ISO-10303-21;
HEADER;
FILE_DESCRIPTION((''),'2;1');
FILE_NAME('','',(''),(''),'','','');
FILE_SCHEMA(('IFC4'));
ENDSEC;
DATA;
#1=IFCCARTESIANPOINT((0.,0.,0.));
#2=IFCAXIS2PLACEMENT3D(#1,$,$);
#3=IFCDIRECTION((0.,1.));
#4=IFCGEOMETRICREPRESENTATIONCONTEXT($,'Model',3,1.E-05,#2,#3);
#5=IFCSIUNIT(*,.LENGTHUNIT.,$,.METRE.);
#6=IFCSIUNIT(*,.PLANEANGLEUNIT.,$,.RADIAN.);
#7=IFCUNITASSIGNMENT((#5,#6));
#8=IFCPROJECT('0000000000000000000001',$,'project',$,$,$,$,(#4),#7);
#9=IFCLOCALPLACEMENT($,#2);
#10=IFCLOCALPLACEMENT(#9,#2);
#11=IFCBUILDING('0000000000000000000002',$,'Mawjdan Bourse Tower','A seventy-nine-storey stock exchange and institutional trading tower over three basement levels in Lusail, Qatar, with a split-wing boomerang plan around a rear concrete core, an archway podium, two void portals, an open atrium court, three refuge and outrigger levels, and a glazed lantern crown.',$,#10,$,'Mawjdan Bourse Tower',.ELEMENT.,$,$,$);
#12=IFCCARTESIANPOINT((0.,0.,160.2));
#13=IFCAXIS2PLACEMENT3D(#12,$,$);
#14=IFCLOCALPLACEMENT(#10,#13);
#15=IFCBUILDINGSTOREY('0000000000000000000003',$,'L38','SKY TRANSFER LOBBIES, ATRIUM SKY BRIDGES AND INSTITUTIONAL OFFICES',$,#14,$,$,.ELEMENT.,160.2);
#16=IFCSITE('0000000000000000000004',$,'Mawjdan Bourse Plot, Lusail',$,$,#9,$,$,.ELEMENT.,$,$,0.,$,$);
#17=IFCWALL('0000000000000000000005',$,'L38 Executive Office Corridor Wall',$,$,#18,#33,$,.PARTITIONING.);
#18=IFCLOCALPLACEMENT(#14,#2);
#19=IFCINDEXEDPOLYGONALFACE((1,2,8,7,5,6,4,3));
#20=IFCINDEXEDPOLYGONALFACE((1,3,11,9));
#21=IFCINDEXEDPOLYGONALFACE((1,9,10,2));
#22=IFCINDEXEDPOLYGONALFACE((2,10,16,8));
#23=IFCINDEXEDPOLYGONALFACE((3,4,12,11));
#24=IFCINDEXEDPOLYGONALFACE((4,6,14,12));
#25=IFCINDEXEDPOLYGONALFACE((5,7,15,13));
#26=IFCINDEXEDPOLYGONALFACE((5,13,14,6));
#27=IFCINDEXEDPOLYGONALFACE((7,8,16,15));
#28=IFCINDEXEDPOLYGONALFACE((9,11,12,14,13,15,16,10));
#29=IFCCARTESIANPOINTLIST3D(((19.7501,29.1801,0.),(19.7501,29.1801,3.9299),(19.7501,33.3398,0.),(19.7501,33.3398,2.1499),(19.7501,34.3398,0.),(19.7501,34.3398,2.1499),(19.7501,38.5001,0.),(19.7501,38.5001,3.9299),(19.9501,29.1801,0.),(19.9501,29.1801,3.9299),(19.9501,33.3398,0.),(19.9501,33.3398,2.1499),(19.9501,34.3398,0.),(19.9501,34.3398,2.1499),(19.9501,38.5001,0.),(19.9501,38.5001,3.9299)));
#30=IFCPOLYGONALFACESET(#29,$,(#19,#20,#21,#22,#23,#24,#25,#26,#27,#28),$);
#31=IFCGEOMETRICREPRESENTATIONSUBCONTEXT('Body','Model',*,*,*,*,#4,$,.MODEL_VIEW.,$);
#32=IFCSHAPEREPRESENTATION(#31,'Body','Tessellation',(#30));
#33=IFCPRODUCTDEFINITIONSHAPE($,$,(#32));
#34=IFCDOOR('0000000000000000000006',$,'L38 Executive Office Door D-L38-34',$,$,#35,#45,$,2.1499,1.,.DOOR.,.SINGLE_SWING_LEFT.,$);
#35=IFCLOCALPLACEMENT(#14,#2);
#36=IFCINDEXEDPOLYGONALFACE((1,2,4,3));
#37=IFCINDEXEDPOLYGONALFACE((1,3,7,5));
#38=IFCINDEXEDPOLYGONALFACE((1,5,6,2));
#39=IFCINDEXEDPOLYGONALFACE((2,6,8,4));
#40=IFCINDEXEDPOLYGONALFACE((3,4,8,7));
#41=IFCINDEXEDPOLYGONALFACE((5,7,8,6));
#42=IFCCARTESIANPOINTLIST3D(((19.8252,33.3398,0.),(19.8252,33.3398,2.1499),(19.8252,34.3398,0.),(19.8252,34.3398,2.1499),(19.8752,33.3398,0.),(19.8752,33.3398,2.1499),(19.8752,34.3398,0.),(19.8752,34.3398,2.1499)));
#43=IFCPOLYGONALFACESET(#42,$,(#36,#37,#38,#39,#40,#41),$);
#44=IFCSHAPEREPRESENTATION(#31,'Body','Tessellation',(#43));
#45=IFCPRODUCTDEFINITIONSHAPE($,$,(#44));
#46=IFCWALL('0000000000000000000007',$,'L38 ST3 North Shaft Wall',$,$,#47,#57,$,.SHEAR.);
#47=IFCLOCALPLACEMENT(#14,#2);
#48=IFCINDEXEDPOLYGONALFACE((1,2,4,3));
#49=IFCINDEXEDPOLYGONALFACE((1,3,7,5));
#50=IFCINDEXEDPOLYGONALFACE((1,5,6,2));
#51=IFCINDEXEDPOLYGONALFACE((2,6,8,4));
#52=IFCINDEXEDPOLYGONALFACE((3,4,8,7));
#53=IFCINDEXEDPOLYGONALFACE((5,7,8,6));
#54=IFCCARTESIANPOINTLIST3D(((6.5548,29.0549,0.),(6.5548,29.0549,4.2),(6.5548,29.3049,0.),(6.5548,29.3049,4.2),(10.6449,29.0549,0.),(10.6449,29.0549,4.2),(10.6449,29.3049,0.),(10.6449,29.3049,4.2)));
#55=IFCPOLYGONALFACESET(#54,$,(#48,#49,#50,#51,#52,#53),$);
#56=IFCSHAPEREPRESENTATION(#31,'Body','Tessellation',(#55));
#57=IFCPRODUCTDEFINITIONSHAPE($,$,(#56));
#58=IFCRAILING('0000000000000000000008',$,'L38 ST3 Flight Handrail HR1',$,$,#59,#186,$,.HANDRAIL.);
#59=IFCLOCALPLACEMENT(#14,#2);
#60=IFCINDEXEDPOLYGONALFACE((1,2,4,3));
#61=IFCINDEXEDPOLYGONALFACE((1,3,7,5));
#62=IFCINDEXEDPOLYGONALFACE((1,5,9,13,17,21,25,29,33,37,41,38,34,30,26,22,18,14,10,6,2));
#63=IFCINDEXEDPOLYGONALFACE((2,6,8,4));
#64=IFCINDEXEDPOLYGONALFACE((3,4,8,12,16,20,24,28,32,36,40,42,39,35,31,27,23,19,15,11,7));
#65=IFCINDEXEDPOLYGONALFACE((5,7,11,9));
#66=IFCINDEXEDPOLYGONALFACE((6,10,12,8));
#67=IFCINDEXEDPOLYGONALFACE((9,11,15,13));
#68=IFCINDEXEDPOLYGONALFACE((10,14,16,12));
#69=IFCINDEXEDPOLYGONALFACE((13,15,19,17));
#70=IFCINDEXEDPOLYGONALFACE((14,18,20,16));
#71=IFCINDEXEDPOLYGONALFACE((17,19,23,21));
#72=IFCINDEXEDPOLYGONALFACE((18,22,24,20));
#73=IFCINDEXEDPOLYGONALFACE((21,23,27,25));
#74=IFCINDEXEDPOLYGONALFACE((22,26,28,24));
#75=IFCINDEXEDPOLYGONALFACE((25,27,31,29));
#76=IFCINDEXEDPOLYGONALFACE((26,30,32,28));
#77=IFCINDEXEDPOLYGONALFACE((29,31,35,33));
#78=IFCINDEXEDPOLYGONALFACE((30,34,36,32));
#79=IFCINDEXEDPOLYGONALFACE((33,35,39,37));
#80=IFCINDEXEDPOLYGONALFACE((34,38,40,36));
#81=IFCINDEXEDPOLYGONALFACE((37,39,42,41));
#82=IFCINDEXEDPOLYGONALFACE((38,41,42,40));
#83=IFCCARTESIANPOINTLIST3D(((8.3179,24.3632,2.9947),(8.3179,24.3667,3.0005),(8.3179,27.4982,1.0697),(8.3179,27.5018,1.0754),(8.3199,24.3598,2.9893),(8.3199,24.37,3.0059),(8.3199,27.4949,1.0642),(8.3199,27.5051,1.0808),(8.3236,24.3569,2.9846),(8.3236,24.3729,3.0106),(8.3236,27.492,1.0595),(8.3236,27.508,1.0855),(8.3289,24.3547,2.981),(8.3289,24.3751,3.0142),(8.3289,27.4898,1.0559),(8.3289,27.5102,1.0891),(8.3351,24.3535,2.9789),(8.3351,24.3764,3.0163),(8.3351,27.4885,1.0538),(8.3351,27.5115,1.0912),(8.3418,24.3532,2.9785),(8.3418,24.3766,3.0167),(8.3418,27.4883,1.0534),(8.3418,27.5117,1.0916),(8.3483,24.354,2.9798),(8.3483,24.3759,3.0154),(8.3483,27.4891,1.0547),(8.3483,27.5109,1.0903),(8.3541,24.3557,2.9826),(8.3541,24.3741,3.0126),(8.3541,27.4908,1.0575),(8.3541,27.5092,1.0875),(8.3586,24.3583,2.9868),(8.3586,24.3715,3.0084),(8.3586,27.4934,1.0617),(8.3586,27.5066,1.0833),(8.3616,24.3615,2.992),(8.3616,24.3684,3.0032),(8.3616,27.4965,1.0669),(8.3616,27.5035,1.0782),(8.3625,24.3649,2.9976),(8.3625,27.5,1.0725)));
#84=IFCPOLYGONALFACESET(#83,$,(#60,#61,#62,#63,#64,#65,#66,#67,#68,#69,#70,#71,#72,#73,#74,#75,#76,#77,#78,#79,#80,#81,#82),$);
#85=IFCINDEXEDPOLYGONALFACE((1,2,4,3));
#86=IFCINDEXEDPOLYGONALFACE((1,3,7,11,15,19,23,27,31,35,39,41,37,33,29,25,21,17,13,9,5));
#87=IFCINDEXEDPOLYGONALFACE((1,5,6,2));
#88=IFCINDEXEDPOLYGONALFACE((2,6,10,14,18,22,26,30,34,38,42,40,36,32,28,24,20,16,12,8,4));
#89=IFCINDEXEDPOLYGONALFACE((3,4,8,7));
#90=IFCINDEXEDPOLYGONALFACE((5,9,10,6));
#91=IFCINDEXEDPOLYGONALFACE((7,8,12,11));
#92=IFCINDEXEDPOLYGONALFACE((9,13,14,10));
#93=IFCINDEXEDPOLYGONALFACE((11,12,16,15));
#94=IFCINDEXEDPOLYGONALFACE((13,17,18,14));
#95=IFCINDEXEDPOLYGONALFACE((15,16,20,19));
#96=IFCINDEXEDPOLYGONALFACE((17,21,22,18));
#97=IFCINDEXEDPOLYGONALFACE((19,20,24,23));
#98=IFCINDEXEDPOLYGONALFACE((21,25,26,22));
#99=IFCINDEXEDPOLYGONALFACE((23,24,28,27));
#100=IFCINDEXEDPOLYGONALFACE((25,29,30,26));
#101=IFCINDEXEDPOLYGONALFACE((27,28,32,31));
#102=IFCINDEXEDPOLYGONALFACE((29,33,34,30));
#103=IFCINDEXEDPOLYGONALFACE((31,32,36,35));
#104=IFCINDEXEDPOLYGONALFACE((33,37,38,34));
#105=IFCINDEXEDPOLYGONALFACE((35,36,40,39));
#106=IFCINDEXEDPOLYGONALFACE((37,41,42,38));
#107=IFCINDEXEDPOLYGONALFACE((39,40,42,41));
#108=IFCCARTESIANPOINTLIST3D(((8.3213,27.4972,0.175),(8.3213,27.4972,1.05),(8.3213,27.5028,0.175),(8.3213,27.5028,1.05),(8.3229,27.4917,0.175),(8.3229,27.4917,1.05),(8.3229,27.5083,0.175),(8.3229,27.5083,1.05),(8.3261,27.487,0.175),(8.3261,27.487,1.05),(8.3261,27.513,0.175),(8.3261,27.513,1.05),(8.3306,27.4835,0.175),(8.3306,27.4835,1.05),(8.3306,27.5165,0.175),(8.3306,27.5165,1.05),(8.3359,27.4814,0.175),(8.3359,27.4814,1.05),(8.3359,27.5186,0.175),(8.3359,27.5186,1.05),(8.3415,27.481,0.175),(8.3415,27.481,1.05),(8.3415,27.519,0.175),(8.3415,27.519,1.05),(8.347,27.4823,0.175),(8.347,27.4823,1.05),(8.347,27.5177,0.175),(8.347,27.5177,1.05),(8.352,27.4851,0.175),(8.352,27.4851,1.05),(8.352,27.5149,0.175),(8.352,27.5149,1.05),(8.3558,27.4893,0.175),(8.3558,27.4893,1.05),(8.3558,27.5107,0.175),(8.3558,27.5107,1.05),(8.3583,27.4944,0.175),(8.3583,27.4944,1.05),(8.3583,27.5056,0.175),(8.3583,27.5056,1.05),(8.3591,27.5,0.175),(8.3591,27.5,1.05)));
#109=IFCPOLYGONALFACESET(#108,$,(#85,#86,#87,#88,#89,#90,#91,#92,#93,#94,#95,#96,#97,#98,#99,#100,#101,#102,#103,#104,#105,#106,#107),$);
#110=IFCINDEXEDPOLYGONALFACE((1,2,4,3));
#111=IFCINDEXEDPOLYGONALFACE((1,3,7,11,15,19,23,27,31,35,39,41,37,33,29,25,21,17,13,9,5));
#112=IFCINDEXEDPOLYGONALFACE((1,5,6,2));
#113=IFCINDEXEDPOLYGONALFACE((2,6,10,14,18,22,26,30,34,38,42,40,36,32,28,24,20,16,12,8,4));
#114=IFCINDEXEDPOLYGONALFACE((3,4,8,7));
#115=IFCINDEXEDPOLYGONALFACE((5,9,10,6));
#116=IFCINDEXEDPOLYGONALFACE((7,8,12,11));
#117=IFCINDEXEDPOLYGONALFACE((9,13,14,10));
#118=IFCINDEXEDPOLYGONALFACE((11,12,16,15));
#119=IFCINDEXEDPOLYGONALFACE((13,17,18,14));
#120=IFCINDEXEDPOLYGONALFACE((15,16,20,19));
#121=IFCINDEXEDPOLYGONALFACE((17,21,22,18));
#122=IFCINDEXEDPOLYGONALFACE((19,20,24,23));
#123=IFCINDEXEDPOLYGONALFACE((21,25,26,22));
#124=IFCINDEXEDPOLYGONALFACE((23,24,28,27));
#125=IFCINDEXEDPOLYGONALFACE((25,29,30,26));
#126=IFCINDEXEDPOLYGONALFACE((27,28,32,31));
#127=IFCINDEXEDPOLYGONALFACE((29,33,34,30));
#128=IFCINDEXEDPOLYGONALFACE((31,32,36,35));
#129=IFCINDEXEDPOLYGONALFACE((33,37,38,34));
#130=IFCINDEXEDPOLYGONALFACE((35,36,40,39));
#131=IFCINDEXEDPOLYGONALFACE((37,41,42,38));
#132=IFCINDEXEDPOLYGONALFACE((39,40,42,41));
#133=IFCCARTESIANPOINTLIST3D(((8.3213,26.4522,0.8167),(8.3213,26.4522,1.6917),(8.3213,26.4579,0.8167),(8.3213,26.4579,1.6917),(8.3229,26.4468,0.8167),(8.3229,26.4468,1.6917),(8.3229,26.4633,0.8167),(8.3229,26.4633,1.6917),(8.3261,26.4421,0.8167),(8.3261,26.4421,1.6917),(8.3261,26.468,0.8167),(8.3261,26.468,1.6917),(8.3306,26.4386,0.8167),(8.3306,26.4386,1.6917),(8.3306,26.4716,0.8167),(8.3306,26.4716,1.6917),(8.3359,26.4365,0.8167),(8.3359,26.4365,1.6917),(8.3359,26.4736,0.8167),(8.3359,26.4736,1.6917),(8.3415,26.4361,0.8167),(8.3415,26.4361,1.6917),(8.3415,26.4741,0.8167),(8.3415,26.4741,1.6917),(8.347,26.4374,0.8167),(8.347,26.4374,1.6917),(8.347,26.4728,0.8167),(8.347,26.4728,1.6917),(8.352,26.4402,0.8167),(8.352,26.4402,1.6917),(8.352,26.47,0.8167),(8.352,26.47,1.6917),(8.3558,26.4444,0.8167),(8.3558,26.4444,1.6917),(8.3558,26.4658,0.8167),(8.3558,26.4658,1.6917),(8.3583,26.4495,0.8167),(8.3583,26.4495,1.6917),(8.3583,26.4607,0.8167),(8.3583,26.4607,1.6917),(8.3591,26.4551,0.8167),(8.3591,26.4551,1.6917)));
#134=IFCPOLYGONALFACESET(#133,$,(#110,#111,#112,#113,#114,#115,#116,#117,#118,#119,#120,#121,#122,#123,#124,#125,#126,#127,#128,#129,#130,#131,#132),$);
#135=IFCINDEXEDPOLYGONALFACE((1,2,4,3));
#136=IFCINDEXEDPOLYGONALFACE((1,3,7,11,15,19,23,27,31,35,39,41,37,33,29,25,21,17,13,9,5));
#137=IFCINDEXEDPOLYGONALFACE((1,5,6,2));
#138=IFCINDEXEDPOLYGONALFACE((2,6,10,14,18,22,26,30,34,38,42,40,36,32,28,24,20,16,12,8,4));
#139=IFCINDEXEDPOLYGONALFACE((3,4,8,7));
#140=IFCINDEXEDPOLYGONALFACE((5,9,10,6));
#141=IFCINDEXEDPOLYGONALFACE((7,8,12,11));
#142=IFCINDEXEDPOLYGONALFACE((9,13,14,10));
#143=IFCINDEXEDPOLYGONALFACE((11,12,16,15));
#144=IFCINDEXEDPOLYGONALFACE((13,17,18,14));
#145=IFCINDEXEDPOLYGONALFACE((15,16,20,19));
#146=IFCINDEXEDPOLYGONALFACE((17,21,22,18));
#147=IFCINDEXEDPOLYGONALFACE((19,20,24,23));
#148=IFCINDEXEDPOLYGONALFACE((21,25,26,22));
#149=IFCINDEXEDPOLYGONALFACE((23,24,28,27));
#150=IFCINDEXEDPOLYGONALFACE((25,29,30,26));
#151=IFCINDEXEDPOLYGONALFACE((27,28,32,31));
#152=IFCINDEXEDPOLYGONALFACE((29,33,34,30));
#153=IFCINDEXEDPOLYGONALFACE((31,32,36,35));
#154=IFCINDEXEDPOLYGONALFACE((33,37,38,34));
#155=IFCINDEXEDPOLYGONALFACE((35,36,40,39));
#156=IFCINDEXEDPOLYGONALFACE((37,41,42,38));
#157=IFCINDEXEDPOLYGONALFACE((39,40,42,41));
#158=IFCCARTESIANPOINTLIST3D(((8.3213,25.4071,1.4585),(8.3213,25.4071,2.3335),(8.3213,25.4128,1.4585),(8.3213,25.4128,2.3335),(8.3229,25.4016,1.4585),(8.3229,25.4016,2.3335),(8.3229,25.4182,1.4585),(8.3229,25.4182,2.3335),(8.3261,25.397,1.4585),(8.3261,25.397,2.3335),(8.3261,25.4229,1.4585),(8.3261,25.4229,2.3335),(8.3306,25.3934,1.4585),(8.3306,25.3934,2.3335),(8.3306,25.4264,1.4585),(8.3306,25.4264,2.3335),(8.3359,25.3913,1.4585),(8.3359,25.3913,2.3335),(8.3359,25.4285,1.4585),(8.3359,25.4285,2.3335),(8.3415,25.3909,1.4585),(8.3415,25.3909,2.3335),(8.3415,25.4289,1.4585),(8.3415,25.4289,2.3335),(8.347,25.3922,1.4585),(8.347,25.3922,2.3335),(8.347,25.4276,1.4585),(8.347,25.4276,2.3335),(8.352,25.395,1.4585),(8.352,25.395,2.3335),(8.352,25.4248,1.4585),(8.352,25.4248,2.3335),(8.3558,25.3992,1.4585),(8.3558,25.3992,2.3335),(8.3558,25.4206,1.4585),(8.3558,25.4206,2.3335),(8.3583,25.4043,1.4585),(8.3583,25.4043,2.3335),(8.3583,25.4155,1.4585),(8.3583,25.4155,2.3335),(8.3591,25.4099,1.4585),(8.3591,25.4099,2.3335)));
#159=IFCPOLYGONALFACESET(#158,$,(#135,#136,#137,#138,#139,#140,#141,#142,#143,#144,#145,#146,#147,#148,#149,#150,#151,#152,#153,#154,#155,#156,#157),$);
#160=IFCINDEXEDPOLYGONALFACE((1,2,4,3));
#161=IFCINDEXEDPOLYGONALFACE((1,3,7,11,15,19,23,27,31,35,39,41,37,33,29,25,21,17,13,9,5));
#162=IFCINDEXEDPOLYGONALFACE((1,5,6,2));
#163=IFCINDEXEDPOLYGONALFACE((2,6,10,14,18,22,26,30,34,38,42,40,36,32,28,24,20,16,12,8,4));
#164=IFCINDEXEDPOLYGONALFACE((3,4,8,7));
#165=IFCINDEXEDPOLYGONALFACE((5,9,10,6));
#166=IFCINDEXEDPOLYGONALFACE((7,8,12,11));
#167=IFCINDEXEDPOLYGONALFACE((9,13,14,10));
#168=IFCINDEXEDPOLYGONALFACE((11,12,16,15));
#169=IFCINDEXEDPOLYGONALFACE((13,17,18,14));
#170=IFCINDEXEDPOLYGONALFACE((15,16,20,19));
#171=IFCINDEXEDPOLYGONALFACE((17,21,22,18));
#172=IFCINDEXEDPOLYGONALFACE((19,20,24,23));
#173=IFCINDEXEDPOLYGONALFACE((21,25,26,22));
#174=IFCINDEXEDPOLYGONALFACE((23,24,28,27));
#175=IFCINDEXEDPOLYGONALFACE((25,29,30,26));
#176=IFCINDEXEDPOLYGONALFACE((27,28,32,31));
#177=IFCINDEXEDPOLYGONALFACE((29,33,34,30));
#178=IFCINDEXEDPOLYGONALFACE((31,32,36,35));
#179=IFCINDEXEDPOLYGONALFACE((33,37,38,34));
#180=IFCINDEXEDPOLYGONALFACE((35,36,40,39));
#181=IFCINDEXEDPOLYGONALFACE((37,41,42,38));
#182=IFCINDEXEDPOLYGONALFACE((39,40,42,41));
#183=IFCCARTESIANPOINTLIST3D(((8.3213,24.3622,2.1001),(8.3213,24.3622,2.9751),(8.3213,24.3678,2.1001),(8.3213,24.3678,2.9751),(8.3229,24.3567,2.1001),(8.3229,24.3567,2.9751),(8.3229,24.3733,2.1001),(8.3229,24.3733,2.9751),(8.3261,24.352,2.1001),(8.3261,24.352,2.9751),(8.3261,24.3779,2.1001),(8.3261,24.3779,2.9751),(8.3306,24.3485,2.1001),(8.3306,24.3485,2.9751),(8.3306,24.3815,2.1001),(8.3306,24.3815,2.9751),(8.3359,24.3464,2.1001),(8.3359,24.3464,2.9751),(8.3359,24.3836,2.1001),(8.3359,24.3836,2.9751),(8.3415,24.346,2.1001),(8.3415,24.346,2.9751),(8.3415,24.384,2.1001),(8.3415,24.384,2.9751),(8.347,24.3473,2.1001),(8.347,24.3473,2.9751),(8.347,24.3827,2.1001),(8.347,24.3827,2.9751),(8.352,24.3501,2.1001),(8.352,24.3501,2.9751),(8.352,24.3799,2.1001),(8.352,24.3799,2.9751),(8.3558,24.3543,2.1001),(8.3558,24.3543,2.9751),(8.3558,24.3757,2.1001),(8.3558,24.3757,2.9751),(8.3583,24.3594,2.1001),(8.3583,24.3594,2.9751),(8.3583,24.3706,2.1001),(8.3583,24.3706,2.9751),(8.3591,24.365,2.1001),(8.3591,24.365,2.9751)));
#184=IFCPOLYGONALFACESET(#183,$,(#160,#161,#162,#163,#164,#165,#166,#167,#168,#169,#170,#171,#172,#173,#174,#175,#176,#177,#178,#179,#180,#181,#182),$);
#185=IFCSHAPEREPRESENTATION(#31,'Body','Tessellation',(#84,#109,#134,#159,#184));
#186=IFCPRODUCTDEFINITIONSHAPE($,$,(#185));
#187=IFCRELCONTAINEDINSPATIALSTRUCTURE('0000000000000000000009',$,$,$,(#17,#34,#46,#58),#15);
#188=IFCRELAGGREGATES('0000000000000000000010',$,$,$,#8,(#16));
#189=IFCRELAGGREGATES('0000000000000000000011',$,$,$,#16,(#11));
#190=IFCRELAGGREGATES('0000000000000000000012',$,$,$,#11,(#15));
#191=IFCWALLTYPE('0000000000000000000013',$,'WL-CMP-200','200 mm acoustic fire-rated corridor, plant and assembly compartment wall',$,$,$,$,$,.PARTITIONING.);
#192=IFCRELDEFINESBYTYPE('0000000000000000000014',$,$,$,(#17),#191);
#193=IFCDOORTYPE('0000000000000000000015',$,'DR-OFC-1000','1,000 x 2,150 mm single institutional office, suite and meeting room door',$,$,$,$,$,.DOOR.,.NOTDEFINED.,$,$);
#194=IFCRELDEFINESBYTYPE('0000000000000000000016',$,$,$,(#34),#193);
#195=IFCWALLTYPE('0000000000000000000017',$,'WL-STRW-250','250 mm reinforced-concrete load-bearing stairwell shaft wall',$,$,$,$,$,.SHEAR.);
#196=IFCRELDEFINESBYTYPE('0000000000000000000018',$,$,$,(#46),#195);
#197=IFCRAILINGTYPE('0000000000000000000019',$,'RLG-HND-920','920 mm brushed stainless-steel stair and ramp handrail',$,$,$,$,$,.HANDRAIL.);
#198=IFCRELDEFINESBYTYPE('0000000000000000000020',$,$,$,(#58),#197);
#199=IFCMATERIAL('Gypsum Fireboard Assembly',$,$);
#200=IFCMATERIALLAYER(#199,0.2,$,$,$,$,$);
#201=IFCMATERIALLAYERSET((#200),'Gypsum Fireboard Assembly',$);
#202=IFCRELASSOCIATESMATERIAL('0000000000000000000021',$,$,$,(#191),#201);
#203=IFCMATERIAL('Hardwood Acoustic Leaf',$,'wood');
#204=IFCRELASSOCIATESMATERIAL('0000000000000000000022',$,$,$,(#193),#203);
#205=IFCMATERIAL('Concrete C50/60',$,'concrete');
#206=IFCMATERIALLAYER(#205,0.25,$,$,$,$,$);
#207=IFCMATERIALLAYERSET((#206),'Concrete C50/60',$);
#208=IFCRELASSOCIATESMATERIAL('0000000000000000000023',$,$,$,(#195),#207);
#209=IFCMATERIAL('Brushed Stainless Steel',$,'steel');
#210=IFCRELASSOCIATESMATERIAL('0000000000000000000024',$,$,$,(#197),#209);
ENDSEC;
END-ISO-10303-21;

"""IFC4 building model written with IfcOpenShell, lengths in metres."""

from ifc_helpers import new_model, si_unit, direction, frame, frame_2d, origin, origin_2d, place, context, subcontext, project, spatial, rectangle, circle, extrude, material, layer, layer_set, type_object, element, fill, save


model = new_model("IFC4")

# Units and contexts
model_context = context("Model", 3, precision=1e-05, world=origin(), true_north=direction((0.0, 1.0)))
body_context = subcontext(model_context, "Body", "Model", "MODEL_VIEW")
ifc_project = project(units=[si_unit("LENGTHUNIT", "METRE"), si_unit("PLANEANGLEUNIT", "RADIAN")], contexts=[model_context])

# Site, building, storey
site_placement = place(None, origin())
site = spatial("IfcSite", under=ifc_project, at=site_placement, Name="Mawjdan Bourse Plot, Lusail", CompositionType="ELEMENT", RefElevation=0.0)
building_placement = place(site_placement, origin())
building = spatial("IfcBuilding", under=site, at=building_placement, Name="Mawjdan Bourse Tower", Description="A seventy-nine-storey stock exchange and institutional trading tower over three basement levels in Lusail, Qatar, with a split-wing boomerang plan around a rear concrete core, an archway podium, two void portals, an open atrium court, three refuge and outrigger levels, and a glazed lantern crown.", LongName="Mawjdan Bourse Tower", CompositionType="ELEMENT")
storey_placement = place(building_placement, frame((0.0, 0.0, 160.2)))
storey = spatial("IfcBuildingStorey", under=building, at=storey_placement, Name="L38", Description="SKY TRANSFER LOBBIES, ATRIUM SKY BRIDGES AND INSTITUTIONAL OFFICES", CompositionType="ELEMENT", Elevation=160.2)

# Shared definitions
ifc_material_1 = material(Name="Gypsum Fireboard Assembly")
ifc_layer_1 = layer(ifc_material_1, 0.2)
ifc_layer_set_1 = layer_set([ifc_layer_1], Name="Gypsum Fireboard Assembly")
wall_type_1 = type_object("IfcWallType", Name="WL-CMP-200", Description="200 mm acoustic fire-rated corridor, plant and assembly compartment wall", PredefinedType="PARTITIONING", material=ifc_layer_set_1)

# Wall, opening, door
ifc_material_2 = material(Name="Hardwood Acoustic Leaf", Category="wood")
door_type = type_object("IfcDoorType", Name="DR-OFC-1000", Description="1,000 x 2,150 mm single institutional office, suite and meeting room door", OperationType="NOTDEFINED", PredefinedType="DOOR", material=ifc_material_2)
wall_1_placement = place(storey_placement, frame((19.8501, 29.1799, 0.0), z_axis=(0.0, 0.0, 1.0), x_axis=(0.0, 1.0, 0.0)))
wall_1 = element("IfcWall", 1, at=wall_1_placement, inside=storey, type_object=wall_type_1, Name="L38 Executive Office Corridor Wall", PredefinedType="PARTITIONING", context=body_context, shape_type="SweptSolid", body=[
    extrude(rectangle(XDim=9.3201, YDim=0.2, at=frame_2d((4.6602, 0.0))), origin(), (0.0, 0.0, 1.0), 3.9299),
])
opening_1_placement = place(wall_1_placement, frame((4.1599, 0.0, 0.0)))
opening_1 = element("IfcOpeningElement", 2, at=opening_1_placement, cuts=wall_1, PredefinedType="OPENING", context=body_context, shape_type="SweptSolid", body=[
    extrude(rectangle(XDim=1.0, YDim=2.1499, at=frame_2d((0.5, 1.075))), frame((0.0, 0.1099, 0.0), z_axis=(0.0, -1.0, 0.0), x_axis=(1.0, 0.0, 0.0)), (0.0, 0.0, 1.0), 0.22),
])
door_1_placement = place(opening_1_placement, origin())
door_1 = element("IfcDoor", 3, at=door_1_placement, inside=storey, type_object=door_type, Name="L38 Executive Office Door D-L38-34", OperationType="SINGLE_SWING_LEFT", OverallHeight=2.1499, OverallWidth=1.0, PredefinedType="DOOR", context=body_context, shape_type="SweptSolid", body=[
    extrude(rectangle(XDim=1.0, YDim=2.1499, at=frame_2d((0.5, 1.075))), frame((0.0, 0.0249, 0.0), z_axis=(0.0, -1.0, 0.0), x_axis=(1.0, 0.0, 0.0)), (0.0, 0.0, 1.0), 0.05),
])
fill(opening_1, door_1)

# Wall
ifc_material_3 = material(Name="Concrete C50/60", Category="concrete")
ifc_layer_2 = layer(ifc_material_3, 0.25)
ifc_layer_set_2 = layer_set([ifc_layer_2], Name="Concrete C50/60")
wall_type_2 = type_object("IfcWallType", Name="WL-STRW-250", Description="250 mm reinforced-concrete load-bearing stairwell shaft wall", PredefinedType="SHEAR", material=ifc_layer_set_2)
wall_2_placement = place(storey_placement, frame((6.5549, 29.1799, 0.0), z_axis=(0.0, 0.0, 1.0), x_axis=(1.0, 0.0, 0.0)))
element("IfcWall", 4, at=wall_2_placement, inside=storey, type_object=wall_type_2, Name="L38 ST3 North Shaft Wall", PredefinedType="SHEAR", context=body_context, shape_type="SweptSolid", body=[
    extrude(rectangle(XDim=4.0901, YDim=0.25, at=frame_2d((2.0449, 0.0))), origin(), (0.0, 0.0, 1.0), 4.2),
])

# Railing
ifc_material_4 = material(Name="Brushed Stainless Steel", Category="steel")
railing_type = type_object("IfcRailingType", Name="RLG-HND-920", Description="920 mm brushed stainless-steel stair and ramp handrail", PredefinedType="HANDRAIL", material=ifc_material_4)
railing_placement = place(storey_placement, frame((8.3401, 27.5, 0.175)))
element("IfcRailing", 5, at=railing_placement, inside=storey, type_object=railing_type, Name="L38 ST3 Flight Handrail HR1", PredefinedType="HANDRAIL", context=body_context, shape_type="SweptSolid", body=[
    extrude(circle(Radius=0.0225, at=origin_2d()), frame((0.0, 0.0, 0.8975), z_axis=(0.0, -0.852166, 0.523271), x_axis=(1.0, 0.0, 0.0)), (0.0, 0.0, 1.0), 3.679),
    extrude(circle(Radius=0.019, at=origin_2d()), origin(), (0.0, 0.0, 1.0), 0.875),
    extrude(circle(Radius=0.019, at=origin_2d()), frame((0.0, -1.0449, 0.6416)), (0.0, 0.0, 1.0), 0.875),
    extrude(circle(Radius=0.019, at=origin_2d()), frame((0.0, -2.0901, 1.2834)), (0.0, 0.0, 1.0), 0.875),
    extrude(circle(Radius=0.019, at=origin_2d()), frame((0.0, -3.135, 1.925)), (0.0, 0.0, 1.0), 0.875),
])

save(model, "model.ifc")
